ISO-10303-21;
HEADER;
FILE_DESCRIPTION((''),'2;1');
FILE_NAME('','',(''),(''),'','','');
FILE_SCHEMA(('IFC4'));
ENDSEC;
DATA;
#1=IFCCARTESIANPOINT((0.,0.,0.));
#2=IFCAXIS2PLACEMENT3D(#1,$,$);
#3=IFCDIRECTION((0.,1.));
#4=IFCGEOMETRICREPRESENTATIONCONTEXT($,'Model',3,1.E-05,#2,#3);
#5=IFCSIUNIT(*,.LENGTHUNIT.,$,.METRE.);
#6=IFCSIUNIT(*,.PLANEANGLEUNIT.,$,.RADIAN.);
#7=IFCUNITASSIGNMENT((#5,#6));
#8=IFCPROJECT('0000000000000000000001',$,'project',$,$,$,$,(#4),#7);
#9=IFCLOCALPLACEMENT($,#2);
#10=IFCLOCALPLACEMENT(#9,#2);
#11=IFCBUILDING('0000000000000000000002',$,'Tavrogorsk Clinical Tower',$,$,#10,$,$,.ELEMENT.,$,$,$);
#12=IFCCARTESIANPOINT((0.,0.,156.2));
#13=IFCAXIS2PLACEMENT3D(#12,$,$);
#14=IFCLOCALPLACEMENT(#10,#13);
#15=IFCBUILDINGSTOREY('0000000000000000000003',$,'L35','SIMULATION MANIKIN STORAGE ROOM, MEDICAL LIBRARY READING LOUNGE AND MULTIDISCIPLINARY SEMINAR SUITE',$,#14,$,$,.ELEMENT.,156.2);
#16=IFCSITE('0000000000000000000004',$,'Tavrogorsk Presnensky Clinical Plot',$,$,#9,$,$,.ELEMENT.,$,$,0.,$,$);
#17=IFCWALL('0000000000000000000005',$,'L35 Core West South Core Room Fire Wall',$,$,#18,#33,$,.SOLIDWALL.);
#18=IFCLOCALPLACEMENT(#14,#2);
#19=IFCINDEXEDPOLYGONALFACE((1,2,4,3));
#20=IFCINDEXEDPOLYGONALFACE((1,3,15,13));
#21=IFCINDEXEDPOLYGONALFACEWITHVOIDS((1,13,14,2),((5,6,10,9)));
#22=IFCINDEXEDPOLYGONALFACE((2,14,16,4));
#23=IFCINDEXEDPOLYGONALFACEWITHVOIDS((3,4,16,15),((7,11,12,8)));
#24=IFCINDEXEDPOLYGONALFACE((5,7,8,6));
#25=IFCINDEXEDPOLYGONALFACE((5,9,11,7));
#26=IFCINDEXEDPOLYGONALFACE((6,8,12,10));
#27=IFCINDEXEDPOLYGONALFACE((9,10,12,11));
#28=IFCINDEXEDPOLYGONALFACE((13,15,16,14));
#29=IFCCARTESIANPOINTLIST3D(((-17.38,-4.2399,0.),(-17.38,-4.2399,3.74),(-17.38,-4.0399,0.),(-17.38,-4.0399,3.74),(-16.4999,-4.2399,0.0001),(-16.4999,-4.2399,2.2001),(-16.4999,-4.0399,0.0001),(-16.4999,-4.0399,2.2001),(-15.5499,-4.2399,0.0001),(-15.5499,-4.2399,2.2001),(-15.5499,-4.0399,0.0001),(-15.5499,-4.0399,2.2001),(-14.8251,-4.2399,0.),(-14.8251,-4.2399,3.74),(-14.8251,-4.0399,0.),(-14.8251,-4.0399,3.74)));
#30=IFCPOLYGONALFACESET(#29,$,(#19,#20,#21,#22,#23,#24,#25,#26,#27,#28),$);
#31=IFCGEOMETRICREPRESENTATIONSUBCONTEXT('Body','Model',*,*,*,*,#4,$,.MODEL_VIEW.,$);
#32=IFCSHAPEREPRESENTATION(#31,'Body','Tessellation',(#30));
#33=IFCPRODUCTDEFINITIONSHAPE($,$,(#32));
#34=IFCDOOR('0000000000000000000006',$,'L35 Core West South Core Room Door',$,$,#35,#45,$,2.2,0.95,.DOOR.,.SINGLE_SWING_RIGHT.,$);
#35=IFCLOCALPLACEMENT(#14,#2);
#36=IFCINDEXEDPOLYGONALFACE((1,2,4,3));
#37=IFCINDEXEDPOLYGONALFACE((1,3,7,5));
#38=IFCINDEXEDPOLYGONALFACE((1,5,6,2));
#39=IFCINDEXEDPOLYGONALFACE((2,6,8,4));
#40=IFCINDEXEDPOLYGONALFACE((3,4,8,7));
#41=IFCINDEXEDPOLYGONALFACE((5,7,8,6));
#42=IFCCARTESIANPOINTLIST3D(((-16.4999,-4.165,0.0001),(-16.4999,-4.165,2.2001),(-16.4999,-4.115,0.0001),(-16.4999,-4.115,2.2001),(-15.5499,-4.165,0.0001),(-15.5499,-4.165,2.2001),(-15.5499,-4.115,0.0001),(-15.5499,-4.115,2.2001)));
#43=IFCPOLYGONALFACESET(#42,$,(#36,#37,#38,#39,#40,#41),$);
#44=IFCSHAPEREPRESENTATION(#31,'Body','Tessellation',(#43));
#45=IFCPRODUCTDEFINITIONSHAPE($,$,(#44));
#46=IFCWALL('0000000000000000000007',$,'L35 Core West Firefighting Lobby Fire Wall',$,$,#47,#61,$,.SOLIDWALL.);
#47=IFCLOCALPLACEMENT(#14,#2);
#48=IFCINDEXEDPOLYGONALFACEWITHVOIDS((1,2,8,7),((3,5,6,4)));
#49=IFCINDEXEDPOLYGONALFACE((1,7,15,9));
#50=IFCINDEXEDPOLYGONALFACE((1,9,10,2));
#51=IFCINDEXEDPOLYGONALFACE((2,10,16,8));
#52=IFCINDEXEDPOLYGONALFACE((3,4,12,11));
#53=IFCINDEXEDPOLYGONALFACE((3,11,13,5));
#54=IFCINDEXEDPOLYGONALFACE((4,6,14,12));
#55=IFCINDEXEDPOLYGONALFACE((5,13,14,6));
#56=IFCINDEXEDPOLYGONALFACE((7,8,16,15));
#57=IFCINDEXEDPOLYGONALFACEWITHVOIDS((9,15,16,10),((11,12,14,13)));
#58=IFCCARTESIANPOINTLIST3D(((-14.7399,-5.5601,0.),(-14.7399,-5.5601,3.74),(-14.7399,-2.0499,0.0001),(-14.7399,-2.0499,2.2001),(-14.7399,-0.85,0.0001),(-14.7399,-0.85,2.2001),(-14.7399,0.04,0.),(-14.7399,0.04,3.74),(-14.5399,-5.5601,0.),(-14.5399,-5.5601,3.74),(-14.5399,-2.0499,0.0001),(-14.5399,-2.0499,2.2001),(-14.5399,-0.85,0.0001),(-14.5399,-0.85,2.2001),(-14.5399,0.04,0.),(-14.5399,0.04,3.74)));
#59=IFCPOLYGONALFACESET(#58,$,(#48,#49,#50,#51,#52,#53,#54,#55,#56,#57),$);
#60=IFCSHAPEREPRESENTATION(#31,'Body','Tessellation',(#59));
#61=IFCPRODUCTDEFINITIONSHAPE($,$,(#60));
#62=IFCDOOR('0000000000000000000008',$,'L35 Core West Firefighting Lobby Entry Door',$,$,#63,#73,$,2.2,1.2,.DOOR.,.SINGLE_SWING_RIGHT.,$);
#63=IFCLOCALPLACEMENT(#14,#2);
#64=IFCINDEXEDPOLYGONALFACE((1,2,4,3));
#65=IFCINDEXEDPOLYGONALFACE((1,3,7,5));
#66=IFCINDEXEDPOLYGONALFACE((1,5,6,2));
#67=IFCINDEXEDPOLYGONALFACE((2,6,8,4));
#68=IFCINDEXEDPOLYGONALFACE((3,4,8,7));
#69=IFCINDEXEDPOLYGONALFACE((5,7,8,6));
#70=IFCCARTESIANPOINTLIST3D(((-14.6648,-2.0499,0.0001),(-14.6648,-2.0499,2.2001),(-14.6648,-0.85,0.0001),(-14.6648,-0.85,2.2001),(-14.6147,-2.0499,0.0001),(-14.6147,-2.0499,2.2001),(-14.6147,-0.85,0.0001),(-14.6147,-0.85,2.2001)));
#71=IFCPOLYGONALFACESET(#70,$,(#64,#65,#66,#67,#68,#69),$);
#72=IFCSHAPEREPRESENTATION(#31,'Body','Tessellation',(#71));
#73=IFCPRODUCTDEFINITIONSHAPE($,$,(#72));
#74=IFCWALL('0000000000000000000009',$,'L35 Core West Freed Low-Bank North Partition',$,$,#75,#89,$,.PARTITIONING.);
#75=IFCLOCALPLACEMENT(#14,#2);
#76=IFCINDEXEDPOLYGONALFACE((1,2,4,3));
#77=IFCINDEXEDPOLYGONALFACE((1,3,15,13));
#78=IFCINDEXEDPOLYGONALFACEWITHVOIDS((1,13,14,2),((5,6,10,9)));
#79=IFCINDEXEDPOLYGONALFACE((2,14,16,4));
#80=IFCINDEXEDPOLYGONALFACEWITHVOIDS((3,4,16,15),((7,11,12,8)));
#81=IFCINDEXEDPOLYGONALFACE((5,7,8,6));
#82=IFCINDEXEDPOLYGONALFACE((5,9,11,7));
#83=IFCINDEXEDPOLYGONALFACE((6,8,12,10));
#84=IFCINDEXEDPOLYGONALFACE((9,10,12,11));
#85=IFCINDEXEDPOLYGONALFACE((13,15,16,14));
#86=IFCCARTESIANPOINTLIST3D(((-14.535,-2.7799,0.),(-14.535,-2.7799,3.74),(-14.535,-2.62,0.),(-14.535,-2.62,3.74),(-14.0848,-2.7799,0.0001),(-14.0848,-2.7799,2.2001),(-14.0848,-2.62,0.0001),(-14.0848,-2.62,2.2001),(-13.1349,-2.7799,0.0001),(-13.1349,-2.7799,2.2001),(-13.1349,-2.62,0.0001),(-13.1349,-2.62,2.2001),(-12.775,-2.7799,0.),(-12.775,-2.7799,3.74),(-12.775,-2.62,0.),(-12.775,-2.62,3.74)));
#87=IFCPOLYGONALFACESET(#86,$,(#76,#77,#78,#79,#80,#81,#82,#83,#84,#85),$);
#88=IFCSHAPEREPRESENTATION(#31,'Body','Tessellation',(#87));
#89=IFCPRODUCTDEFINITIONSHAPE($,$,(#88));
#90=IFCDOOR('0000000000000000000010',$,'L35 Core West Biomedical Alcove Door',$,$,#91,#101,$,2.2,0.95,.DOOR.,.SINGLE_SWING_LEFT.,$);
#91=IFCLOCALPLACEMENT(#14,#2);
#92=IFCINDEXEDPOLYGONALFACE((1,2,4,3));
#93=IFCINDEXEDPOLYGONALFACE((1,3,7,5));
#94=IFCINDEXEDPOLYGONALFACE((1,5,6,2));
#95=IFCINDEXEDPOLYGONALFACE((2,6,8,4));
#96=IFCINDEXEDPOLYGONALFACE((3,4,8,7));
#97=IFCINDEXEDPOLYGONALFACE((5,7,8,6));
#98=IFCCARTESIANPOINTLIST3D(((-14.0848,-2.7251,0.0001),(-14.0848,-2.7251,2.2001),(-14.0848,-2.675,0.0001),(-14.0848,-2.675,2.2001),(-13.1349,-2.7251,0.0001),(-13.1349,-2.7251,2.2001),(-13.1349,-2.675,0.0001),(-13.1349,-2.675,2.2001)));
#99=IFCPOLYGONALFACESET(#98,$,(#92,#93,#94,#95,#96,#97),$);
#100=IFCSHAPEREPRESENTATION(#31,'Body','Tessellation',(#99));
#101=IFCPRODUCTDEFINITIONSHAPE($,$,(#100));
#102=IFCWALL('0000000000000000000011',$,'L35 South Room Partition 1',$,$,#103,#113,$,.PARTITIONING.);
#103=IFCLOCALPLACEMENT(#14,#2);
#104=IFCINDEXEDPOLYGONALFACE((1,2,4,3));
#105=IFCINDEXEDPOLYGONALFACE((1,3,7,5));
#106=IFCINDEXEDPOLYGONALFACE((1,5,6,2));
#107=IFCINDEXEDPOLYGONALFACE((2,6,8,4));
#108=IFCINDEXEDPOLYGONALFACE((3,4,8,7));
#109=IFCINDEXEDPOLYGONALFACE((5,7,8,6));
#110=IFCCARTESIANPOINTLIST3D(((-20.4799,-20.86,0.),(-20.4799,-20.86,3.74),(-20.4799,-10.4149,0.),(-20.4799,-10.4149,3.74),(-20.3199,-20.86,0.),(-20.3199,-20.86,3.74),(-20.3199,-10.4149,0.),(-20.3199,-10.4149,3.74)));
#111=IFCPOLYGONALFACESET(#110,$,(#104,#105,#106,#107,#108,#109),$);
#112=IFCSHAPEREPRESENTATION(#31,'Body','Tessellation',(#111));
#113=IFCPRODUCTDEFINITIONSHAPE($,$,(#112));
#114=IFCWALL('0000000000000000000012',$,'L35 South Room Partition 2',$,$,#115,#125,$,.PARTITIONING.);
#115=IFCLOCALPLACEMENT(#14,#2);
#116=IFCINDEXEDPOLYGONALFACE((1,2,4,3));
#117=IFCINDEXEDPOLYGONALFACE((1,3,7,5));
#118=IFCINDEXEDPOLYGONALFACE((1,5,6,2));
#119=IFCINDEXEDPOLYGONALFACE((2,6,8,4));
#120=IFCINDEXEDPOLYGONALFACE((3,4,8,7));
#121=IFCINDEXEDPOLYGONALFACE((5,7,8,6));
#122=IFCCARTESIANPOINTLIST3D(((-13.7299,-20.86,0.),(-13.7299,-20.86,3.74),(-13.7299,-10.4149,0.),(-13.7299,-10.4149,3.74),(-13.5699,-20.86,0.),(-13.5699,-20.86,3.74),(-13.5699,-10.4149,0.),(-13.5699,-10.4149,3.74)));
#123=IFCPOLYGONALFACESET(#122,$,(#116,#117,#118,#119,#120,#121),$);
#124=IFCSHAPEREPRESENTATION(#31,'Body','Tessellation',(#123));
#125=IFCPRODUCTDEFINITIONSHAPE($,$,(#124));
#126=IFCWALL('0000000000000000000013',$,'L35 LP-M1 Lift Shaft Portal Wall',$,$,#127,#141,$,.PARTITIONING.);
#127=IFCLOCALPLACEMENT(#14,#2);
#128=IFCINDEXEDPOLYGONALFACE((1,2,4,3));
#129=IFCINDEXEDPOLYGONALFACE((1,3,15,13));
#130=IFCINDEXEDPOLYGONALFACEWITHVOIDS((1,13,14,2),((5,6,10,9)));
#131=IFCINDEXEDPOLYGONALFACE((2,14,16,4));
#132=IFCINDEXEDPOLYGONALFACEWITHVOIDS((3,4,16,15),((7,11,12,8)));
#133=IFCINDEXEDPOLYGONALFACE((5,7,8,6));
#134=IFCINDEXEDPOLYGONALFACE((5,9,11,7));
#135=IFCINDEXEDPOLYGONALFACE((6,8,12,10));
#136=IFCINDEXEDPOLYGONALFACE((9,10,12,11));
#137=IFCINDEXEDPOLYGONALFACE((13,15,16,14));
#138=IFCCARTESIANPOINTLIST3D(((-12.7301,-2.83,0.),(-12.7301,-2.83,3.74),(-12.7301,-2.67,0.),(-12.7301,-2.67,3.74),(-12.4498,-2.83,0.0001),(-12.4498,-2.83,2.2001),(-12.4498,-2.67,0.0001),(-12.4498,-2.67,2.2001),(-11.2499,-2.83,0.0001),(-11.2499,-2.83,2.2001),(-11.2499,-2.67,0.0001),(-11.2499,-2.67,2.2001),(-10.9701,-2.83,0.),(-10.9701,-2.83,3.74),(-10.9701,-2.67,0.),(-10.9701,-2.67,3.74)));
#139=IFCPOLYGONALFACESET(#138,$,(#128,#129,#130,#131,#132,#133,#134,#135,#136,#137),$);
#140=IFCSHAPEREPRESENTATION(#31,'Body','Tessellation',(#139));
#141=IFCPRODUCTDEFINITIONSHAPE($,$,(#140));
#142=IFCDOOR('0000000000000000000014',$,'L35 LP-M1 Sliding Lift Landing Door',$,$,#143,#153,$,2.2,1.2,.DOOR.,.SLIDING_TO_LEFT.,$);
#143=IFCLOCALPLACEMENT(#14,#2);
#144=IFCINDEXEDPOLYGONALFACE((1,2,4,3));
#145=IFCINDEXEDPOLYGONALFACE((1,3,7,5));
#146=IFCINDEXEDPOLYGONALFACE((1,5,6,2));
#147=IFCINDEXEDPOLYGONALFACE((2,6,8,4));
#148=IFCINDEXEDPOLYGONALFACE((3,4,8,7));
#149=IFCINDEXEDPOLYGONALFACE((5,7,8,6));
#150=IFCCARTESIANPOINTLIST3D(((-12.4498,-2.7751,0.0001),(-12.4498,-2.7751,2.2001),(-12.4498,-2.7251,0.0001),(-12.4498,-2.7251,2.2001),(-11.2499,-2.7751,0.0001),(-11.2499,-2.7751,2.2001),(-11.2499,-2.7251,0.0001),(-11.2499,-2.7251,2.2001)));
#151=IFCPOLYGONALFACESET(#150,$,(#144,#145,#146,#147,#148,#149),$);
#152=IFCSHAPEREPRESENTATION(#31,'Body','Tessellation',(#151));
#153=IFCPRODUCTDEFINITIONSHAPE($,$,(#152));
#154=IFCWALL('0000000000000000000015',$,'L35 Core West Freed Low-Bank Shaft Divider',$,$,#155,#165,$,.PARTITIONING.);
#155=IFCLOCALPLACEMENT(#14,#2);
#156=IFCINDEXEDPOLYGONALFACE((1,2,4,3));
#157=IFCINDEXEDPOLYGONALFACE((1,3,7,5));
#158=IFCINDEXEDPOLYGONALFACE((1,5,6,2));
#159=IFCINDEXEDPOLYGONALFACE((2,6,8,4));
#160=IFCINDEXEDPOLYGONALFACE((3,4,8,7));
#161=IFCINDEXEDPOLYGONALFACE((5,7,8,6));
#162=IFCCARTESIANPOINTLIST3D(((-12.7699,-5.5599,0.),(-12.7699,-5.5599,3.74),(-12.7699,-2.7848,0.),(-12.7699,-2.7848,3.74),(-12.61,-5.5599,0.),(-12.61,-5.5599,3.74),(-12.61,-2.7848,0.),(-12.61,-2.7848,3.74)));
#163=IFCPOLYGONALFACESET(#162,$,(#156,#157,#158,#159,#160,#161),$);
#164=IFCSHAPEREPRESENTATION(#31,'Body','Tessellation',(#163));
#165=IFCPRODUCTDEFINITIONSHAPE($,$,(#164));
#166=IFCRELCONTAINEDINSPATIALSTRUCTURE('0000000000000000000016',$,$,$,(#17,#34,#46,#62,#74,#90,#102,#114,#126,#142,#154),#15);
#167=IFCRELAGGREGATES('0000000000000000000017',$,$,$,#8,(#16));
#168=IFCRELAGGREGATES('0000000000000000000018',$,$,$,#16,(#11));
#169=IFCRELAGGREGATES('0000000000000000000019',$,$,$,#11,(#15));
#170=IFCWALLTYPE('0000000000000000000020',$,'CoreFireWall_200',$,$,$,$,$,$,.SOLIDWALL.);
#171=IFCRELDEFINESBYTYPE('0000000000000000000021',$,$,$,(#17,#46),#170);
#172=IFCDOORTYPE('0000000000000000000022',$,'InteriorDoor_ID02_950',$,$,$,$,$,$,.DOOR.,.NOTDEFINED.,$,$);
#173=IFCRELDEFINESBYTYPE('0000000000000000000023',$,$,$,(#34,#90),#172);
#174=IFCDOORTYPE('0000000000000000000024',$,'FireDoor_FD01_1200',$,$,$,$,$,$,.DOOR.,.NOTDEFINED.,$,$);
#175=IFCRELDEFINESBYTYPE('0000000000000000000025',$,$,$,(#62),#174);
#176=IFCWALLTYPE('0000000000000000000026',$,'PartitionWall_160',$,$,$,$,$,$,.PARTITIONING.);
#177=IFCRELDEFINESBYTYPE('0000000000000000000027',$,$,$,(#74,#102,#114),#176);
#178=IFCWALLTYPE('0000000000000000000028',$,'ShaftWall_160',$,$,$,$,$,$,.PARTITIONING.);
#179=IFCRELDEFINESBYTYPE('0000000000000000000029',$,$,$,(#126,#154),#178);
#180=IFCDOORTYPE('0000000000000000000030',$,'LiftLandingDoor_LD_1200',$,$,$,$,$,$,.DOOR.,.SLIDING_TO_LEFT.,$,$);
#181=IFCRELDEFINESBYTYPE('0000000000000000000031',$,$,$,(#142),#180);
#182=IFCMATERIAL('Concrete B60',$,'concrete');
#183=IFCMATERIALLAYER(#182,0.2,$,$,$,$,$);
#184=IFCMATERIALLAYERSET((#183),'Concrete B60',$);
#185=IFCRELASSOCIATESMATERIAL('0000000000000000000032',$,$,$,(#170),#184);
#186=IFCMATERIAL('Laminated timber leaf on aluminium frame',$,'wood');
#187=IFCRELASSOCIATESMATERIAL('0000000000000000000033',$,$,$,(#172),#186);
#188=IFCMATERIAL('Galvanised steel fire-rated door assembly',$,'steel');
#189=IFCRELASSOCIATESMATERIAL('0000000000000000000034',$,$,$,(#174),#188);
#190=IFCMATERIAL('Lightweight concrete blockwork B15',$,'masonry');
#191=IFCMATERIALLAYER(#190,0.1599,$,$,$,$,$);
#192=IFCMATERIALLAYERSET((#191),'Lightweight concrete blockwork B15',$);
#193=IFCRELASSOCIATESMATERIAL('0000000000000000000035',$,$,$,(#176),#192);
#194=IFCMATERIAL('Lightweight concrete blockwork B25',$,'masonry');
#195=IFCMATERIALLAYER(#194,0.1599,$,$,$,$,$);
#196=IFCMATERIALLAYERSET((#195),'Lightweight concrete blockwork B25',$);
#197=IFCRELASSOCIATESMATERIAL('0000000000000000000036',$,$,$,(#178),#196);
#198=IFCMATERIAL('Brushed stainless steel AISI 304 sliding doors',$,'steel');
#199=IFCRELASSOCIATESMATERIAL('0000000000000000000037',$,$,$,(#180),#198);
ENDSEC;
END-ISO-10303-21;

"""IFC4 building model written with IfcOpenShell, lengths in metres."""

from ifc_helpers import new_model, si_unit, direction, frame, frame_2d, origin, place, context, subcontext, project, spatial, rectangle, extrude, material, layer, layer_set, type_object, element, fill, save


model = new_model("IFC4")

# Units and contexts
model_context = context("Model", 3, precision=1e-05, world=origin(), true_north=direction((0.0, 1.0)))
body_context = subcontext(model_context, "Body", "Model", "MODEL_VIEW")
ifc_project = project(units=[si_unit("LENGTHUNIT", "METRE"), si_unit("PLANEANGLEUNIT", "RADIAN")], contexts=[model_context])

# Site, building, storey
site_placement = place(None, origin())
site = spatial("IfcSite", under=ifc_project, at=site_placement, Name="Tavrogorsk Presnensky Clinical Plot", CompositionType="ELEMENT", RefElevation=0.0)
building_placement = place(site_placement, origin())
building = spatial("IfcBuilding", under=site, at=building_placement, Name="Tavrogorsk Clinical Tower", CompositionType="ELEMENT")
storey_placement = place(building_placement, frame((0.0, 0.0, 156.2)))
storey = spatial("IfcBuildingStorey", under=building, at=storey_placement, Name="L35", Description="SIMULATION MANIKIN STORAGE ROOM, MEDICAL LIBRARY READING LOUNGE AND MULTIDISCIPLINARY SEMINAR SUITE", CompositionType="ELEMENT", Elevation=156.2)

# Walls, openings, doors
ifc_material_1 = material(Name="Concrete B60", Category="concrete")
ifc_layer_1 = layer(ifc_material_1, 0.2)
ifc_layer_set_1 = layer_set([ifc_layer_1], Name="Concrete B60")
wall_type_1 = type_object("IfcWallType", Name="CoreFireWall_200", PredefinedType="SOLIDWALL", material=ifc_layer_set_1)
wall_1_placement = place(storey_placement, frame((-17.3799, -4.1399, 0.0), z_axis=(0.0, 0.0, 1.0), x_axis=(1.0, 0.0, 0.0)))
wall_1 = element("IfcWall", 1, at=wall_1_placement, inside=storey, type_object=wall_type_1, Name="L35 Core West South Core Room Fire Wall", PredefinedType="SOLIDWALL", context=body_context, shape_type="SweptSolid", body=[
    extrude(rectangle(XDim=2.5549, YDim=0.2, at=frame_2d((1.2773, 0.0))), origin(), (0.0, 0.0, 1.0), 3.74),
])
opening_1_placement = place(wall_1_placement, frame((0.8799, 0.0, 0.0)))
opening_1 = element("IfcOpeningElement", 2, at=opening_1_placement, cuts=wall_1, PredefinedType="OPENING", context=body_context, shape_type="SweptSolid", body=[
    extrude(rectangle(XDim=0.95, YDim=2.2, at=frame_2d((0.4751, 1.1001))), frame((0.0, 0.1099, 0.0), z_axis=(0.0, -1.0, 0.0), x_axis=(1.0, 0.0, 0.0)), (0.0, 0.0, 1.0), 0.22),
])
ifc_material_2 = material(Name="Laminated timber leaf on aluminium frame", Category="wood")
door_type_1 = type_object("IfcDoorType", Name="InteriorDoor_ID02_950", OperationType="NOTDEFINED", PredefinedType="DOOR", material=ifc_material_2)
door_1_placement = place(opening_1_placement, origin())
door_1 = element("IfcDoor", 3, at=door_1_placement, inside=storey, type_object=door_type_1, Name="L35 Core West South Core Room Door", OperationType="SINGLE_SWING_RIGHT", OverallHeight=2.2, OverallWidth=0.95, PredefinedType="DOOR", context=body_context, shape_type="SweptSolid", body=[
    extrude(rectangle(XDim=0.95, YDim=2.2, at=frame_2d((0.4751, 1.1001))), frame((0.0, 0.0249, 0.0), z_axis=(0.0, -1.0, 0.0), x_axis=(1.0, 0.0, 0.0)), (0.0, 0.0, 1.0), 0.05),
])
fill(opening_1, door_1)
wall_2_placement = place(storey_placement, frame((-14.6399, -5.5601, 0.0), z_axis=(0.0, 0.0, 1.0), x_axis=(0.0, 1.0, 0.0)))
wall_2 = element("IfcWall", 4, at=wall_2_placement, inside=storey, type_object=wall_type_1, Name="L35 Core West Firefighting Lobby Fire Wall", PredefinedType="SOLIDWALL", context=body_context, shape_type="SweptSolid", body=[
    extrude(rectangle(XDim=5.6001, YDim=0.2, at=frame_2d((2.8, 0.0))), origin(), (0.0, 0.0, 1.0), 3.74),
])
opening_2_placement = place(wall_2_placement, frame((3.51, 0.0, 0.0)))
opening_2 = element("IfcOpeningElement", 5, at=opening_2_placement, cuts=wall_2, PredefinedType="OPENING", context=body_context, shape_type="SweptSolid", body=[
    extrude(rectangle(XDim=1.2, YDim=2.2, at=frame_2d((0.6001, 1.1001))), frame((0.0, 0.1099, 0.0), z_axis=(0.0, -1.0, 0.0), x_axis=(1.0, 0.0, 0.0)), (0.0, 0.0, 1.0), 0.22),
])
ifc_material_3 = material(Name="Galvanised steel fire-rated door assembly", Category="steel")
door_type_2 = type_object("IfcDoorType", Name="FireDoor_FD01_1200", OperationType="NOTDEFINED", PredefinedType="DOOR", material=ifc_material_3)
door_2_placement = place(opening_2_placement, origin())
door_2 = element("IfcDoor", 6, at=door_2_placement, inside=storey, type_object=door_type_2, Name="L35 Core West Firefighting Lobby Entry Door", OperationType="SINGLE_SWING_RIGHT", OverallHeight=2.2, OverallWidth=1.2, PredefinedType="DOOR", context=body_context, shape_type="SweptSolid", body=[
    extrude(rectangle(XDim=1.2, YDim=2.2, at=frame_2d((0.6001, 1.1001))), frame((0.0, 0.0249, 0.0), z_axis=(0.0, -1.0, 0.0), x_axis=(1.0, 0.0, 0.0)), (0.0, 0.0, 1.0), 0.05),
])
fill(opening_2, door_2)
ifc_material_4 = material(Name="Lightweight concrete blockwork B15", Category="masonry")
ifc_layer_2 = layer(ifc_material_4, 0.1599)
ifc_layer_set_2 = layer_set([ifc_layer_2], Name="Lightweight concrete blockwork B15")
wall_type_2 = type_object("IfcWallType", Name="PartitionWall_160", PredefinedType="PARTITIONING", material=ifc_layer_set_2)
wall_3_placement = place(storey_placement, frame((-14.5349, -2.7, 0.0), z_axis=(0.0, 0.0, 1.0), x_axis=(1.0, 0.0, 0.0)))
wall_3 = element("IfcWall", 7, at=wall_3_placement, inside=storey, type_object=wall_type_2, Name="L35 Core West Freed Low-Bank North Partition", PredefinedType="PARTITIONING", context=body_context, shape_type="SweptSolid", body=[
    extrude(rectangle(XDim=1.76, YDim=0.1599, at=frame_2d((0.8799, 0.0))), origin(), (0.0, 0.0, 1.0), 3.74),
])
opening_3_placement = place(wall_3_placement, frame((0.45, 0.0, 0.0)))
opening_3 = element("IfcOpeningElement", 8, at=opening_3_placement, cuts=wall_3, PredefinedType="OPENING", context=body_context, shape_type="SweptSolid", body=[
    extrude(rectangle(XDim=0.95, YDim=2.2, at=frame_2d((0.4751, 1.1001))), frame((0.0, 0.0898, 0.0), z_axis=(0.0, -1.0, 0.0), x_axis=(1.0, 0.0, 0.0)), (0.0, 0.0, 1.0), 0.1799),
])
door_3_placement = place(opening_3_placement, origin())
door_3 = element("IfcDoor", 9, at=door_3_placement, inside=storey, type_object=door_type_1, Name="L35 Core West Biomedical Alcove Door", OperationType="SINGLE_SWING_LEFT", OverallHeight=2.2, OverallWidth=0.95, PredefinedType="DOOR", context=body_context, shape_type="SweptSolid", body=[
    extrude(rectangle(XDim=0.95, YDim=2.2, at=frame_2d((0.4751, 1.1001))), frame((0.0, 0.0249, 0.0), z_axis=(0.0, -1.0, 0.0), x_axis=(1.0, 0.0, 0.0)), (0.0, 0.0, 1.0), 0.05),
])
fill(opening_3, door_3)

# Walls
for number, where, z_axis, x_axis, name in (
    (10, (-20.3999, -20.8601, 0.0), (0.0, 0.0, 1.0), (0.0, 1.0, 0.0), "L35 South Room Partition 1"),
    (11, (-13.6499, -20.8601, 0.0), (0.0, 0.0, 1.0), (0.0, 1.0, 0.0), "L35 South Room Partition 2"),
):
    element("IfcWall", number, at=place(storey_placement, frame(where, z_axis=z_axis, x_axis=x_axis)), inside=storey, type_object=wall_type_2, Name=name, PredefinedType="PARTITIONING", context=body_context, shape_type="SweptSolid", body=[
        extrude(rectangle(XDim=10.4451, YDim=0.1599, at=frame_2d((5.2227, 0.0))), origin(), (0.0, 0.0, 1.0), 3.74),
    ])

# Wall, opening, door
ifc_material_5 = material(Name="Lightweight concrete blockwork B25", Category="masonry")
ifc_layer_3 = layer(ifc_material_5, 0.1599)
ifc_layer_set_3 = layer_set([ifc_layer_3], Name="Lightweight concrete blockwork B25")
wall_type_3 = type_object("IfcWallType", Name="ShaftWall_160", PredefinedType="PARTITIONING", material=ifc_layer_set_3)
wall_4_placement = place(storey_placement, frame((-12.73, -2.75, 0.0), z_axis=(0.0, 0.0, 1.0), x_axis=(1.0, 0.0, 0.0)))
wall_4 = element("IfcWall", 12, at=wall_4_placement, inside=storey, type_object=wall_type_3, Name="L35 LP-M1 Lift Shaft Portal Wall", PredefinedType="PARTITIONING", context=body_context, shape_type="SweptSolid", body=[
    extrude(rectangle(XDim=1.76, YDim=0.1599, at=frame_2d((0.8799, 0.0))), origin(), (0.0, 0.0, 1.0), 3.74),
])
opening_4_placement = place(wall_4_placement, frame((0.28, 0.0, 0.0)))
opening_4 = element("IfcOpeningElement", 13, at=opening_4_placement, cuts=wall_4, PredefinedType="OPENING", context=body_context, shape_type="SweptSolid", body=[
    extrude(rectangle(XDim=1.2, YDim=2.2, at=frame_2d((0.6001, 1.1001))), frame((0.0, 0.0898, 0.0), z_axis=(0.0, -1.0, 0.0), x_axis=(1.0, 0.0, 0.0)), (0.0, 0.0, 1.0), 0.1799),
])
ifc_material_6 = material(Name="Brushed stainless steel AISI 304 sliding doors", Category="steel")
door_type_3 = type_object("IfcDoorType", Name="LiftLandingDoor_LD_1200", OperationType="SLIDING_TO_LEFT", PredefinedType="DOOR", material=ifc_material_6)
door_4_placement = place(opening_4_placement, origin())
door_4 = element("IfcDoor", 14, at=door_4_placement, inside=storey, type_object=door_type_3, Name="L35 LP-M1 Sliding Lift Landing Door", OperationType="SLIDING_TO_LEFT", OverallHeight=2.2, OverallWidth=1.2, PredefinedType="DOOR", context=body_context, shape_type="SweptSolid", body=[
    extrude(rectangle(XDim=1.2, YDim=2.2, at=frame_2d((0.6001, 1.1001))), frame((0.0, 0.0249, 0.0), z_axis=(0.0, -1.0, 0.0), x_axis=(1.0, 0.0, 0.0)), (0.0, 0.0, 1.0), 0.05),
])
fill(opening_4, door_4)

# Wall
wall_5_placement = place(storey_placement, frame((-12.6899, -5.5601, 0.0), z_axis=(0.0, 0.0, 1.0), x_axis=(0.0, 1.0, 0.0)))
element("IfcWall", 15, at=wall_5_placement, inside=storey, type_object=wall_type_3, Name="L35 Core West Freed Low-Bank Shaft Divider", PredefinedType="PARTITIONING", context=body_context, shape_type="SweptSolid", body=[
    extrude(rectangle(XDim=2.7751, YDim=0.1599, at=frame_2d((1.3877, 0.0))), origin(), (0.0, 0.0, 1.0), 3.74),
])

save(model, "model.ifc")
